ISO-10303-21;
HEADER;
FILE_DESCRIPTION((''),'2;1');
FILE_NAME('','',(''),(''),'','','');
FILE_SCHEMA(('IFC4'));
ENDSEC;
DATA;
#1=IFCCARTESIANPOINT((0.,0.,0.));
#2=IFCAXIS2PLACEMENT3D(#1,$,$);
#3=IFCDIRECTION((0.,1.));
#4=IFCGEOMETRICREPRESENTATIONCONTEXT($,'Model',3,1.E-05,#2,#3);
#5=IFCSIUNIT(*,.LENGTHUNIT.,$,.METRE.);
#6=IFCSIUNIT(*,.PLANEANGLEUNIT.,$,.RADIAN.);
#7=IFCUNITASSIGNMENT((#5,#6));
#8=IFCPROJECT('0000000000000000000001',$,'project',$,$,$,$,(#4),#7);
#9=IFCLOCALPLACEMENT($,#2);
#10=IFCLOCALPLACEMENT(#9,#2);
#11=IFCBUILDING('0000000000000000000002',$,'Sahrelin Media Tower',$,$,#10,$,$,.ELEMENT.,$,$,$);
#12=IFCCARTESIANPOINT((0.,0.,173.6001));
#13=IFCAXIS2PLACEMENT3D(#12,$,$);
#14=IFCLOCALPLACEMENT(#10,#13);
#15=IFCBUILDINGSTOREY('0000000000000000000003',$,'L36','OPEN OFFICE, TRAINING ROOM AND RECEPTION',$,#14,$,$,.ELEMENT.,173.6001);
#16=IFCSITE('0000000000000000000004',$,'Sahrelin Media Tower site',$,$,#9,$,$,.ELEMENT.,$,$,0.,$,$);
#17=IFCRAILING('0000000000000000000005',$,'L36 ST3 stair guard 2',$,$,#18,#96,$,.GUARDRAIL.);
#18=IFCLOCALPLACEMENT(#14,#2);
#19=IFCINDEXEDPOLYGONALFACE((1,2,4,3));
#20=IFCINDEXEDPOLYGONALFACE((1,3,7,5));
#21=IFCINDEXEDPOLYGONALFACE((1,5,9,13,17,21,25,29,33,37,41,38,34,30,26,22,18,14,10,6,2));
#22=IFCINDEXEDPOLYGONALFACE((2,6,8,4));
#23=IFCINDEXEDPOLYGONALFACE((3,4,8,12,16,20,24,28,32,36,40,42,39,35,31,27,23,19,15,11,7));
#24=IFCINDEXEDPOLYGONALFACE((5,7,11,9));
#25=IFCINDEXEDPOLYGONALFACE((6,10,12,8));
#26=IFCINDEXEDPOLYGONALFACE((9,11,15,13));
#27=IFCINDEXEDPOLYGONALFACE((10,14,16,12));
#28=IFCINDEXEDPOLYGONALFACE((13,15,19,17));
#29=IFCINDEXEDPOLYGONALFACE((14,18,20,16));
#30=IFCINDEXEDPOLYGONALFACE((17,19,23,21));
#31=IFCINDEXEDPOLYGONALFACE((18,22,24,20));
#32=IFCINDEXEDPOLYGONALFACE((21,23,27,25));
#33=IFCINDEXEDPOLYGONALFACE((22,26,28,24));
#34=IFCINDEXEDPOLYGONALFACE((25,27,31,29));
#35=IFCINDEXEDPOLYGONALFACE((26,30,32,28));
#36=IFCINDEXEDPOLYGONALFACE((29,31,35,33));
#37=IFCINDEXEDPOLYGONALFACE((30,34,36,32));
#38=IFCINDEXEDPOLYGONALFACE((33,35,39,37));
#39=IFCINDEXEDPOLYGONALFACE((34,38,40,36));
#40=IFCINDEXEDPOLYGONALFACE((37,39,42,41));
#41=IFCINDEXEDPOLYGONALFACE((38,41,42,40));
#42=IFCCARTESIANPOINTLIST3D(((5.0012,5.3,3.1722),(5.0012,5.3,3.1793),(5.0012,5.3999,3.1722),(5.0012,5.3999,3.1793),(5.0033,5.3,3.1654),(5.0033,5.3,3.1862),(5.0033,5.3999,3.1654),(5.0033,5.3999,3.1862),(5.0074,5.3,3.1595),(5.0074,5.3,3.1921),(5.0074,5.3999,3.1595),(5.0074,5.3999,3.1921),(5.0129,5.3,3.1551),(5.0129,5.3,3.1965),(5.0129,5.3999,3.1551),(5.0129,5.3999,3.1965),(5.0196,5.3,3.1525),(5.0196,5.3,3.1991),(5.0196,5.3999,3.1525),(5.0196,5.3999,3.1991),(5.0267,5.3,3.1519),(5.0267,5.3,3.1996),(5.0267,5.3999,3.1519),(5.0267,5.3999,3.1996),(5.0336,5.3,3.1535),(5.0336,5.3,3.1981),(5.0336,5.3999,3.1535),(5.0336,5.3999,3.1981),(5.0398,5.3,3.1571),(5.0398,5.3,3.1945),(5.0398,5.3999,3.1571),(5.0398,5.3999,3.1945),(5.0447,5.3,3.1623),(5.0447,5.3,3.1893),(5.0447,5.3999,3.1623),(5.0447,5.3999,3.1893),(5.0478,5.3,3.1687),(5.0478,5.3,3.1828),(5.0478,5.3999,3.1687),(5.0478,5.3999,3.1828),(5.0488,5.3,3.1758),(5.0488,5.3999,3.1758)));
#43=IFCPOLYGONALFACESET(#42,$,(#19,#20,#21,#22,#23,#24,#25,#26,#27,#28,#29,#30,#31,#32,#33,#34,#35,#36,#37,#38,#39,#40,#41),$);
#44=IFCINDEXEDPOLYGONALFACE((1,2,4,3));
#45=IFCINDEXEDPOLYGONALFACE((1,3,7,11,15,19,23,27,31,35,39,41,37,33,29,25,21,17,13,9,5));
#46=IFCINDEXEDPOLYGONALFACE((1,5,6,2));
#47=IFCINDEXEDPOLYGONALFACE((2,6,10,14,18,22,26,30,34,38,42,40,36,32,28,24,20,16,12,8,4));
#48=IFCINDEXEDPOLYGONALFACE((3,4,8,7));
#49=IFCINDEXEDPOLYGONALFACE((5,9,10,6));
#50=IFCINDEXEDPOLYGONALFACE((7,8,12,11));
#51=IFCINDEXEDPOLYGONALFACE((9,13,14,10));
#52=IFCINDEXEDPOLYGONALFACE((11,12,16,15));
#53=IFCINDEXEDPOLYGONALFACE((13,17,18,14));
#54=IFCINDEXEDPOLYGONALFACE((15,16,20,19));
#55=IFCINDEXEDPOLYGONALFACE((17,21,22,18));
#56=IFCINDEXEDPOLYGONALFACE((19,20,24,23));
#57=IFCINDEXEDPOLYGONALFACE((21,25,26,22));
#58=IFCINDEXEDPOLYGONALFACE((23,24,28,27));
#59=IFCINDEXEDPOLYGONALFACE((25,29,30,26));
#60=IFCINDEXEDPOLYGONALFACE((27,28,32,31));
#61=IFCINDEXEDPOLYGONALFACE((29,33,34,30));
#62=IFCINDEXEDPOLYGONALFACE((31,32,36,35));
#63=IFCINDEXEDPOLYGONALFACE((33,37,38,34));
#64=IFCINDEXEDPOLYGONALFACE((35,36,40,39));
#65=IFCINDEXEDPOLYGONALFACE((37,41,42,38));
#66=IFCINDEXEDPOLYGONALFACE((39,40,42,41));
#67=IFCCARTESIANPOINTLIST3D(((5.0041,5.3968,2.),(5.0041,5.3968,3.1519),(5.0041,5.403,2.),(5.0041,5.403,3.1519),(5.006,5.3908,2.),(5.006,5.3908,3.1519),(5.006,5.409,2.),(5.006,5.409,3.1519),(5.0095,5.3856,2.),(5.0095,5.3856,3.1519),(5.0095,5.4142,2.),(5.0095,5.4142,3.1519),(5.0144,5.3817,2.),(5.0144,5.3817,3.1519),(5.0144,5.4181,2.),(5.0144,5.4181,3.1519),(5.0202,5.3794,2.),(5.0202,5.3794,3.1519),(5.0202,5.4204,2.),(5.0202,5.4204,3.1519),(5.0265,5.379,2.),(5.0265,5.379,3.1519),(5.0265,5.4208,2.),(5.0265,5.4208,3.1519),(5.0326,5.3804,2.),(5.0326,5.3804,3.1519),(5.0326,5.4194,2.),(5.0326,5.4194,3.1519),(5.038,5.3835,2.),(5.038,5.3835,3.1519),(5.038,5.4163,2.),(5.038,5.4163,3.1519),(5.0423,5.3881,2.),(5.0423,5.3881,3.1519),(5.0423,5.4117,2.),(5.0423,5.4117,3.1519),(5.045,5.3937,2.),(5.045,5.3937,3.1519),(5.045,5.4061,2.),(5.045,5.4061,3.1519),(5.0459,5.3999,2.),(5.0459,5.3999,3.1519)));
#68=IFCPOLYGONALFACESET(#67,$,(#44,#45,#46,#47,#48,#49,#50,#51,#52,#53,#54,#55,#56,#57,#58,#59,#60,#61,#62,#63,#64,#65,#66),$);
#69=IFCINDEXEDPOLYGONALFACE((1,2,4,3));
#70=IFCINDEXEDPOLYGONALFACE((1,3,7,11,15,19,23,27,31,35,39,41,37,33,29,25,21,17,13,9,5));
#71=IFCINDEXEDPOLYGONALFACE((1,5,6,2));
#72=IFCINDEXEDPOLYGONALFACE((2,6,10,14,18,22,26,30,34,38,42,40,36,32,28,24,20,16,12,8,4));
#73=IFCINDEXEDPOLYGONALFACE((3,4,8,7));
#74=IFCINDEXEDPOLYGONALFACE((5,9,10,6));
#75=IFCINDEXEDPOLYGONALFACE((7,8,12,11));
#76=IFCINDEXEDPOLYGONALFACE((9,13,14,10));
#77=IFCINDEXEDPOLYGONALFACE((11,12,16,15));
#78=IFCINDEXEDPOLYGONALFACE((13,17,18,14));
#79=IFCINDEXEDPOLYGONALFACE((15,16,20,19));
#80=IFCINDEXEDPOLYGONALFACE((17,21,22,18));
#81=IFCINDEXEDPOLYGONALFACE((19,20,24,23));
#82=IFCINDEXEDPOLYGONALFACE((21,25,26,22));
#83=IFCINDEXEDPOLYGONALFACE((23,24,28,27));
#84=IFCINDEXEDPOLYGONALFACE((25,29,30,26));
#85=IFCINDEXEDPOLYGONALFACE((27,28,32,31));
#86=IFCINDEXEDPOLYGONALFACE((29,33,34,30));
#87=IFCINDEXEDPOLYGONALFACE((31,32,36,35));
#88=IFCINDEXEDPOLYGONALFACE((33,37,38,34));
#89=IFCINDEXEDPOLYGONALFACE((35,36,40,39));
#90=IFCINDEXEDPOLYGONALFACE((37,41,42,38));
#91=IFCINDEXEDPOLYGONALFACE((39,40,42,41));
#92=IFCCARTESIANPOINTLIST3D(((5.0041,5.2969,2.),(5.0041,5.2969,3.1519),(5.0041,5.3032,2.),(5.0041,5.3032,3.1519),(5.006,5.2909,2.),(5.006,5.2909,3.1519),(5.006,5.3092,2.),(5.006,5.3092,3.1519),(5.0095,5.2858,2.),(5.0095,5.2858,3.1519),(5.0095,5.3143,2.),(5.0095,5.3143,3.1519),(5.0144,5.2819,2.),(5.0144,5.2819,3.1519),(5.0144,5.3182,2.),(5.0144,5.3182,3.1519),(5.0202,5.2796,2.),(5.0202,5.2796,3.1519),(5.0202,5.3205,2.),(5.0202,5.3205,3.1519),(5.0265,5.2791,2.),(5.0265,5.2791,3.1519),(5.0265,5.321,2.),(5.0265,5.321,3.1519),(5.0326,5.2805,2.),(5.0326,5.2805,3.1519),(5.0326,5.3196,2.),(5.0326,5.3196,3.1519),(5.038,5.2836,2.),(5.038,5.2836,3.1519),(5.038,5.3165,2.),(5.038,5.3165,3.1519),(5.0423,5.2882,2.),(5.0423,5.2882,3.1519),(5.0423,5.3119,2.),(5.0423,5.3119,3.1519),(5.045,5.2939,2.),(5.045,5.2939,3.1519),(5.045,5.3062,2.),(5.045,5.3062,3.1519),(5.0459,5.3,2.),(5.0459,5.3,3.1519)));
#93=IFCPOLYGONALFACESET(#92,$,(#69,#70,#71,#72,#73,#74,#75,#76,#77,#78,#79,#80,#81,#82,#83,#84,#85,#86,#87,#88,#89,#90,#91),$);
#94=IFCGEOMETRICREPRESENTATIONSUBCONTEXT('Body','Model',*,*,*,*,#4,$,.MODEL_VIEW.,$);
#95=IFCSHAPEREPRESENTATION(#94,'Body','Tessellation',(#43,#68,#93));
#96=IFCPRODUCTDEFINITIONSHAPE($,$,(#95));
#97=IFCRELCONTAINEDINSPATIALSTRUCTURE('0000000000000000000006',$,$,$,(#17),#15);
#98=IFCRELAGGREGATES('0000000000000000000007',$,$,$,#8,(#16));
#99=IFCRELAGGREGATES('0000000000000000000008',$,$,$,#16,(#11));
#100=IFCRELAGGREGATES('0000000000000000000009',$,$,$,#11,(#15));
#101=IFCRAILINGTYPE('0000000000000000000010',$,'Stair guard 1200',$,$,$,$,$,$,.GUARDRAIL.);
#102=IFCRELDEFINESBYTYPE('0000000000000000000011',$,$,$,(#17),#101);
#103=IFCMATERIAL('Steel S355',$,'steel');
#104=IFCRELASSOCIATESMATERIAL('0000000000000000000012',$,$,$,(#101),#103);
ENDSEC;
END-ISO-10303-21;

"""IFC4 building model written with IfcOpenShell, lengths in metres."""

from ifc_helpers import new_model, si_unit, direction, frame, origin, origin_2d, place, context, subcontext, project, spatial, circle, extrude, material, type_object, element, save


model = new_model("IFC4")

# Units and contexts
model_context = context("Model", 3, precision=1e-05, world=origin(), true_north=direction((0.0, 1.0)))
body_context = subcontext(model_context, "Body", "Model", "MODEL_VIEW")
ifc_project = project(units=[si_unit("LENGTHUNIT", "METRE"), si_unit("PLANEANGLEUNIT", "RADIAN")], contexts=[model_context])

# Site, building, storey
site_placement = place(None, origin())
site = spatial("IfcSite", under=ifc_project, at=site_placement, Name="Sahrelin Media Tower site", CompositionType="ELEMENT", RefElevation=0.0)
building_placement = place(site_placement, origin())
building = spatial("IfcBuilding", under=site, at=building_placement, Name="Sahrelin Media Tower", CompositionType="ELEMENT")
storey_placement = place(building_placement, frame((0.0, 0.0, 173.6001)))
storey = spatial("IfcBuildingStorey", under=building, at=storey_placement, Name="L36", Description="OPEN OFFICE, TRAINING ROOM AND RECEPTION", CompositionType="ELEMENT", Elevation=173.6001)

# Shared definitions
ifc_material_1 = material(Name="Steel S355", Category="steel")

# Railing
railing_type_1 = type_object("IfcRailingType", Name="Stair guard 1200", PredefinedType="GUARDRAIL", material=ifc_material_1)
railing_1_placement = place(storey_placement, frame((5.0249, 5.3999, 2.0)))
element("IfcRailing", 1, at=railing_1_placement, inside=storey, type_object=railing_type_1, Name="L36 ST3 stair guard 2", PredefinedType="GUARDRAIL", context=body_context, shape_type="SweptSolid", body=[
    extrude(circle(Radius=0.0239, at=origin_2d()), frame((0.0, 0.0, 1.1758), z_axis=(0.0, -1.0, 0.0), x_axis=(1.0, 0.0, 0.0)), (0.0, 0.0, 1.0), 0.0999),
    extrude(circle(Radius=0.021, at=origin_2d()), origin(), (0.0, 0.0, 1.0), 1.1519),
    extrude(circle(Radius=0.021, at=origin_2d()), frame((0.0, -0.0999, 0.0)), (0.0, 0.0, 1.0), 1.1519),
])

save(model, "model.ifc")
